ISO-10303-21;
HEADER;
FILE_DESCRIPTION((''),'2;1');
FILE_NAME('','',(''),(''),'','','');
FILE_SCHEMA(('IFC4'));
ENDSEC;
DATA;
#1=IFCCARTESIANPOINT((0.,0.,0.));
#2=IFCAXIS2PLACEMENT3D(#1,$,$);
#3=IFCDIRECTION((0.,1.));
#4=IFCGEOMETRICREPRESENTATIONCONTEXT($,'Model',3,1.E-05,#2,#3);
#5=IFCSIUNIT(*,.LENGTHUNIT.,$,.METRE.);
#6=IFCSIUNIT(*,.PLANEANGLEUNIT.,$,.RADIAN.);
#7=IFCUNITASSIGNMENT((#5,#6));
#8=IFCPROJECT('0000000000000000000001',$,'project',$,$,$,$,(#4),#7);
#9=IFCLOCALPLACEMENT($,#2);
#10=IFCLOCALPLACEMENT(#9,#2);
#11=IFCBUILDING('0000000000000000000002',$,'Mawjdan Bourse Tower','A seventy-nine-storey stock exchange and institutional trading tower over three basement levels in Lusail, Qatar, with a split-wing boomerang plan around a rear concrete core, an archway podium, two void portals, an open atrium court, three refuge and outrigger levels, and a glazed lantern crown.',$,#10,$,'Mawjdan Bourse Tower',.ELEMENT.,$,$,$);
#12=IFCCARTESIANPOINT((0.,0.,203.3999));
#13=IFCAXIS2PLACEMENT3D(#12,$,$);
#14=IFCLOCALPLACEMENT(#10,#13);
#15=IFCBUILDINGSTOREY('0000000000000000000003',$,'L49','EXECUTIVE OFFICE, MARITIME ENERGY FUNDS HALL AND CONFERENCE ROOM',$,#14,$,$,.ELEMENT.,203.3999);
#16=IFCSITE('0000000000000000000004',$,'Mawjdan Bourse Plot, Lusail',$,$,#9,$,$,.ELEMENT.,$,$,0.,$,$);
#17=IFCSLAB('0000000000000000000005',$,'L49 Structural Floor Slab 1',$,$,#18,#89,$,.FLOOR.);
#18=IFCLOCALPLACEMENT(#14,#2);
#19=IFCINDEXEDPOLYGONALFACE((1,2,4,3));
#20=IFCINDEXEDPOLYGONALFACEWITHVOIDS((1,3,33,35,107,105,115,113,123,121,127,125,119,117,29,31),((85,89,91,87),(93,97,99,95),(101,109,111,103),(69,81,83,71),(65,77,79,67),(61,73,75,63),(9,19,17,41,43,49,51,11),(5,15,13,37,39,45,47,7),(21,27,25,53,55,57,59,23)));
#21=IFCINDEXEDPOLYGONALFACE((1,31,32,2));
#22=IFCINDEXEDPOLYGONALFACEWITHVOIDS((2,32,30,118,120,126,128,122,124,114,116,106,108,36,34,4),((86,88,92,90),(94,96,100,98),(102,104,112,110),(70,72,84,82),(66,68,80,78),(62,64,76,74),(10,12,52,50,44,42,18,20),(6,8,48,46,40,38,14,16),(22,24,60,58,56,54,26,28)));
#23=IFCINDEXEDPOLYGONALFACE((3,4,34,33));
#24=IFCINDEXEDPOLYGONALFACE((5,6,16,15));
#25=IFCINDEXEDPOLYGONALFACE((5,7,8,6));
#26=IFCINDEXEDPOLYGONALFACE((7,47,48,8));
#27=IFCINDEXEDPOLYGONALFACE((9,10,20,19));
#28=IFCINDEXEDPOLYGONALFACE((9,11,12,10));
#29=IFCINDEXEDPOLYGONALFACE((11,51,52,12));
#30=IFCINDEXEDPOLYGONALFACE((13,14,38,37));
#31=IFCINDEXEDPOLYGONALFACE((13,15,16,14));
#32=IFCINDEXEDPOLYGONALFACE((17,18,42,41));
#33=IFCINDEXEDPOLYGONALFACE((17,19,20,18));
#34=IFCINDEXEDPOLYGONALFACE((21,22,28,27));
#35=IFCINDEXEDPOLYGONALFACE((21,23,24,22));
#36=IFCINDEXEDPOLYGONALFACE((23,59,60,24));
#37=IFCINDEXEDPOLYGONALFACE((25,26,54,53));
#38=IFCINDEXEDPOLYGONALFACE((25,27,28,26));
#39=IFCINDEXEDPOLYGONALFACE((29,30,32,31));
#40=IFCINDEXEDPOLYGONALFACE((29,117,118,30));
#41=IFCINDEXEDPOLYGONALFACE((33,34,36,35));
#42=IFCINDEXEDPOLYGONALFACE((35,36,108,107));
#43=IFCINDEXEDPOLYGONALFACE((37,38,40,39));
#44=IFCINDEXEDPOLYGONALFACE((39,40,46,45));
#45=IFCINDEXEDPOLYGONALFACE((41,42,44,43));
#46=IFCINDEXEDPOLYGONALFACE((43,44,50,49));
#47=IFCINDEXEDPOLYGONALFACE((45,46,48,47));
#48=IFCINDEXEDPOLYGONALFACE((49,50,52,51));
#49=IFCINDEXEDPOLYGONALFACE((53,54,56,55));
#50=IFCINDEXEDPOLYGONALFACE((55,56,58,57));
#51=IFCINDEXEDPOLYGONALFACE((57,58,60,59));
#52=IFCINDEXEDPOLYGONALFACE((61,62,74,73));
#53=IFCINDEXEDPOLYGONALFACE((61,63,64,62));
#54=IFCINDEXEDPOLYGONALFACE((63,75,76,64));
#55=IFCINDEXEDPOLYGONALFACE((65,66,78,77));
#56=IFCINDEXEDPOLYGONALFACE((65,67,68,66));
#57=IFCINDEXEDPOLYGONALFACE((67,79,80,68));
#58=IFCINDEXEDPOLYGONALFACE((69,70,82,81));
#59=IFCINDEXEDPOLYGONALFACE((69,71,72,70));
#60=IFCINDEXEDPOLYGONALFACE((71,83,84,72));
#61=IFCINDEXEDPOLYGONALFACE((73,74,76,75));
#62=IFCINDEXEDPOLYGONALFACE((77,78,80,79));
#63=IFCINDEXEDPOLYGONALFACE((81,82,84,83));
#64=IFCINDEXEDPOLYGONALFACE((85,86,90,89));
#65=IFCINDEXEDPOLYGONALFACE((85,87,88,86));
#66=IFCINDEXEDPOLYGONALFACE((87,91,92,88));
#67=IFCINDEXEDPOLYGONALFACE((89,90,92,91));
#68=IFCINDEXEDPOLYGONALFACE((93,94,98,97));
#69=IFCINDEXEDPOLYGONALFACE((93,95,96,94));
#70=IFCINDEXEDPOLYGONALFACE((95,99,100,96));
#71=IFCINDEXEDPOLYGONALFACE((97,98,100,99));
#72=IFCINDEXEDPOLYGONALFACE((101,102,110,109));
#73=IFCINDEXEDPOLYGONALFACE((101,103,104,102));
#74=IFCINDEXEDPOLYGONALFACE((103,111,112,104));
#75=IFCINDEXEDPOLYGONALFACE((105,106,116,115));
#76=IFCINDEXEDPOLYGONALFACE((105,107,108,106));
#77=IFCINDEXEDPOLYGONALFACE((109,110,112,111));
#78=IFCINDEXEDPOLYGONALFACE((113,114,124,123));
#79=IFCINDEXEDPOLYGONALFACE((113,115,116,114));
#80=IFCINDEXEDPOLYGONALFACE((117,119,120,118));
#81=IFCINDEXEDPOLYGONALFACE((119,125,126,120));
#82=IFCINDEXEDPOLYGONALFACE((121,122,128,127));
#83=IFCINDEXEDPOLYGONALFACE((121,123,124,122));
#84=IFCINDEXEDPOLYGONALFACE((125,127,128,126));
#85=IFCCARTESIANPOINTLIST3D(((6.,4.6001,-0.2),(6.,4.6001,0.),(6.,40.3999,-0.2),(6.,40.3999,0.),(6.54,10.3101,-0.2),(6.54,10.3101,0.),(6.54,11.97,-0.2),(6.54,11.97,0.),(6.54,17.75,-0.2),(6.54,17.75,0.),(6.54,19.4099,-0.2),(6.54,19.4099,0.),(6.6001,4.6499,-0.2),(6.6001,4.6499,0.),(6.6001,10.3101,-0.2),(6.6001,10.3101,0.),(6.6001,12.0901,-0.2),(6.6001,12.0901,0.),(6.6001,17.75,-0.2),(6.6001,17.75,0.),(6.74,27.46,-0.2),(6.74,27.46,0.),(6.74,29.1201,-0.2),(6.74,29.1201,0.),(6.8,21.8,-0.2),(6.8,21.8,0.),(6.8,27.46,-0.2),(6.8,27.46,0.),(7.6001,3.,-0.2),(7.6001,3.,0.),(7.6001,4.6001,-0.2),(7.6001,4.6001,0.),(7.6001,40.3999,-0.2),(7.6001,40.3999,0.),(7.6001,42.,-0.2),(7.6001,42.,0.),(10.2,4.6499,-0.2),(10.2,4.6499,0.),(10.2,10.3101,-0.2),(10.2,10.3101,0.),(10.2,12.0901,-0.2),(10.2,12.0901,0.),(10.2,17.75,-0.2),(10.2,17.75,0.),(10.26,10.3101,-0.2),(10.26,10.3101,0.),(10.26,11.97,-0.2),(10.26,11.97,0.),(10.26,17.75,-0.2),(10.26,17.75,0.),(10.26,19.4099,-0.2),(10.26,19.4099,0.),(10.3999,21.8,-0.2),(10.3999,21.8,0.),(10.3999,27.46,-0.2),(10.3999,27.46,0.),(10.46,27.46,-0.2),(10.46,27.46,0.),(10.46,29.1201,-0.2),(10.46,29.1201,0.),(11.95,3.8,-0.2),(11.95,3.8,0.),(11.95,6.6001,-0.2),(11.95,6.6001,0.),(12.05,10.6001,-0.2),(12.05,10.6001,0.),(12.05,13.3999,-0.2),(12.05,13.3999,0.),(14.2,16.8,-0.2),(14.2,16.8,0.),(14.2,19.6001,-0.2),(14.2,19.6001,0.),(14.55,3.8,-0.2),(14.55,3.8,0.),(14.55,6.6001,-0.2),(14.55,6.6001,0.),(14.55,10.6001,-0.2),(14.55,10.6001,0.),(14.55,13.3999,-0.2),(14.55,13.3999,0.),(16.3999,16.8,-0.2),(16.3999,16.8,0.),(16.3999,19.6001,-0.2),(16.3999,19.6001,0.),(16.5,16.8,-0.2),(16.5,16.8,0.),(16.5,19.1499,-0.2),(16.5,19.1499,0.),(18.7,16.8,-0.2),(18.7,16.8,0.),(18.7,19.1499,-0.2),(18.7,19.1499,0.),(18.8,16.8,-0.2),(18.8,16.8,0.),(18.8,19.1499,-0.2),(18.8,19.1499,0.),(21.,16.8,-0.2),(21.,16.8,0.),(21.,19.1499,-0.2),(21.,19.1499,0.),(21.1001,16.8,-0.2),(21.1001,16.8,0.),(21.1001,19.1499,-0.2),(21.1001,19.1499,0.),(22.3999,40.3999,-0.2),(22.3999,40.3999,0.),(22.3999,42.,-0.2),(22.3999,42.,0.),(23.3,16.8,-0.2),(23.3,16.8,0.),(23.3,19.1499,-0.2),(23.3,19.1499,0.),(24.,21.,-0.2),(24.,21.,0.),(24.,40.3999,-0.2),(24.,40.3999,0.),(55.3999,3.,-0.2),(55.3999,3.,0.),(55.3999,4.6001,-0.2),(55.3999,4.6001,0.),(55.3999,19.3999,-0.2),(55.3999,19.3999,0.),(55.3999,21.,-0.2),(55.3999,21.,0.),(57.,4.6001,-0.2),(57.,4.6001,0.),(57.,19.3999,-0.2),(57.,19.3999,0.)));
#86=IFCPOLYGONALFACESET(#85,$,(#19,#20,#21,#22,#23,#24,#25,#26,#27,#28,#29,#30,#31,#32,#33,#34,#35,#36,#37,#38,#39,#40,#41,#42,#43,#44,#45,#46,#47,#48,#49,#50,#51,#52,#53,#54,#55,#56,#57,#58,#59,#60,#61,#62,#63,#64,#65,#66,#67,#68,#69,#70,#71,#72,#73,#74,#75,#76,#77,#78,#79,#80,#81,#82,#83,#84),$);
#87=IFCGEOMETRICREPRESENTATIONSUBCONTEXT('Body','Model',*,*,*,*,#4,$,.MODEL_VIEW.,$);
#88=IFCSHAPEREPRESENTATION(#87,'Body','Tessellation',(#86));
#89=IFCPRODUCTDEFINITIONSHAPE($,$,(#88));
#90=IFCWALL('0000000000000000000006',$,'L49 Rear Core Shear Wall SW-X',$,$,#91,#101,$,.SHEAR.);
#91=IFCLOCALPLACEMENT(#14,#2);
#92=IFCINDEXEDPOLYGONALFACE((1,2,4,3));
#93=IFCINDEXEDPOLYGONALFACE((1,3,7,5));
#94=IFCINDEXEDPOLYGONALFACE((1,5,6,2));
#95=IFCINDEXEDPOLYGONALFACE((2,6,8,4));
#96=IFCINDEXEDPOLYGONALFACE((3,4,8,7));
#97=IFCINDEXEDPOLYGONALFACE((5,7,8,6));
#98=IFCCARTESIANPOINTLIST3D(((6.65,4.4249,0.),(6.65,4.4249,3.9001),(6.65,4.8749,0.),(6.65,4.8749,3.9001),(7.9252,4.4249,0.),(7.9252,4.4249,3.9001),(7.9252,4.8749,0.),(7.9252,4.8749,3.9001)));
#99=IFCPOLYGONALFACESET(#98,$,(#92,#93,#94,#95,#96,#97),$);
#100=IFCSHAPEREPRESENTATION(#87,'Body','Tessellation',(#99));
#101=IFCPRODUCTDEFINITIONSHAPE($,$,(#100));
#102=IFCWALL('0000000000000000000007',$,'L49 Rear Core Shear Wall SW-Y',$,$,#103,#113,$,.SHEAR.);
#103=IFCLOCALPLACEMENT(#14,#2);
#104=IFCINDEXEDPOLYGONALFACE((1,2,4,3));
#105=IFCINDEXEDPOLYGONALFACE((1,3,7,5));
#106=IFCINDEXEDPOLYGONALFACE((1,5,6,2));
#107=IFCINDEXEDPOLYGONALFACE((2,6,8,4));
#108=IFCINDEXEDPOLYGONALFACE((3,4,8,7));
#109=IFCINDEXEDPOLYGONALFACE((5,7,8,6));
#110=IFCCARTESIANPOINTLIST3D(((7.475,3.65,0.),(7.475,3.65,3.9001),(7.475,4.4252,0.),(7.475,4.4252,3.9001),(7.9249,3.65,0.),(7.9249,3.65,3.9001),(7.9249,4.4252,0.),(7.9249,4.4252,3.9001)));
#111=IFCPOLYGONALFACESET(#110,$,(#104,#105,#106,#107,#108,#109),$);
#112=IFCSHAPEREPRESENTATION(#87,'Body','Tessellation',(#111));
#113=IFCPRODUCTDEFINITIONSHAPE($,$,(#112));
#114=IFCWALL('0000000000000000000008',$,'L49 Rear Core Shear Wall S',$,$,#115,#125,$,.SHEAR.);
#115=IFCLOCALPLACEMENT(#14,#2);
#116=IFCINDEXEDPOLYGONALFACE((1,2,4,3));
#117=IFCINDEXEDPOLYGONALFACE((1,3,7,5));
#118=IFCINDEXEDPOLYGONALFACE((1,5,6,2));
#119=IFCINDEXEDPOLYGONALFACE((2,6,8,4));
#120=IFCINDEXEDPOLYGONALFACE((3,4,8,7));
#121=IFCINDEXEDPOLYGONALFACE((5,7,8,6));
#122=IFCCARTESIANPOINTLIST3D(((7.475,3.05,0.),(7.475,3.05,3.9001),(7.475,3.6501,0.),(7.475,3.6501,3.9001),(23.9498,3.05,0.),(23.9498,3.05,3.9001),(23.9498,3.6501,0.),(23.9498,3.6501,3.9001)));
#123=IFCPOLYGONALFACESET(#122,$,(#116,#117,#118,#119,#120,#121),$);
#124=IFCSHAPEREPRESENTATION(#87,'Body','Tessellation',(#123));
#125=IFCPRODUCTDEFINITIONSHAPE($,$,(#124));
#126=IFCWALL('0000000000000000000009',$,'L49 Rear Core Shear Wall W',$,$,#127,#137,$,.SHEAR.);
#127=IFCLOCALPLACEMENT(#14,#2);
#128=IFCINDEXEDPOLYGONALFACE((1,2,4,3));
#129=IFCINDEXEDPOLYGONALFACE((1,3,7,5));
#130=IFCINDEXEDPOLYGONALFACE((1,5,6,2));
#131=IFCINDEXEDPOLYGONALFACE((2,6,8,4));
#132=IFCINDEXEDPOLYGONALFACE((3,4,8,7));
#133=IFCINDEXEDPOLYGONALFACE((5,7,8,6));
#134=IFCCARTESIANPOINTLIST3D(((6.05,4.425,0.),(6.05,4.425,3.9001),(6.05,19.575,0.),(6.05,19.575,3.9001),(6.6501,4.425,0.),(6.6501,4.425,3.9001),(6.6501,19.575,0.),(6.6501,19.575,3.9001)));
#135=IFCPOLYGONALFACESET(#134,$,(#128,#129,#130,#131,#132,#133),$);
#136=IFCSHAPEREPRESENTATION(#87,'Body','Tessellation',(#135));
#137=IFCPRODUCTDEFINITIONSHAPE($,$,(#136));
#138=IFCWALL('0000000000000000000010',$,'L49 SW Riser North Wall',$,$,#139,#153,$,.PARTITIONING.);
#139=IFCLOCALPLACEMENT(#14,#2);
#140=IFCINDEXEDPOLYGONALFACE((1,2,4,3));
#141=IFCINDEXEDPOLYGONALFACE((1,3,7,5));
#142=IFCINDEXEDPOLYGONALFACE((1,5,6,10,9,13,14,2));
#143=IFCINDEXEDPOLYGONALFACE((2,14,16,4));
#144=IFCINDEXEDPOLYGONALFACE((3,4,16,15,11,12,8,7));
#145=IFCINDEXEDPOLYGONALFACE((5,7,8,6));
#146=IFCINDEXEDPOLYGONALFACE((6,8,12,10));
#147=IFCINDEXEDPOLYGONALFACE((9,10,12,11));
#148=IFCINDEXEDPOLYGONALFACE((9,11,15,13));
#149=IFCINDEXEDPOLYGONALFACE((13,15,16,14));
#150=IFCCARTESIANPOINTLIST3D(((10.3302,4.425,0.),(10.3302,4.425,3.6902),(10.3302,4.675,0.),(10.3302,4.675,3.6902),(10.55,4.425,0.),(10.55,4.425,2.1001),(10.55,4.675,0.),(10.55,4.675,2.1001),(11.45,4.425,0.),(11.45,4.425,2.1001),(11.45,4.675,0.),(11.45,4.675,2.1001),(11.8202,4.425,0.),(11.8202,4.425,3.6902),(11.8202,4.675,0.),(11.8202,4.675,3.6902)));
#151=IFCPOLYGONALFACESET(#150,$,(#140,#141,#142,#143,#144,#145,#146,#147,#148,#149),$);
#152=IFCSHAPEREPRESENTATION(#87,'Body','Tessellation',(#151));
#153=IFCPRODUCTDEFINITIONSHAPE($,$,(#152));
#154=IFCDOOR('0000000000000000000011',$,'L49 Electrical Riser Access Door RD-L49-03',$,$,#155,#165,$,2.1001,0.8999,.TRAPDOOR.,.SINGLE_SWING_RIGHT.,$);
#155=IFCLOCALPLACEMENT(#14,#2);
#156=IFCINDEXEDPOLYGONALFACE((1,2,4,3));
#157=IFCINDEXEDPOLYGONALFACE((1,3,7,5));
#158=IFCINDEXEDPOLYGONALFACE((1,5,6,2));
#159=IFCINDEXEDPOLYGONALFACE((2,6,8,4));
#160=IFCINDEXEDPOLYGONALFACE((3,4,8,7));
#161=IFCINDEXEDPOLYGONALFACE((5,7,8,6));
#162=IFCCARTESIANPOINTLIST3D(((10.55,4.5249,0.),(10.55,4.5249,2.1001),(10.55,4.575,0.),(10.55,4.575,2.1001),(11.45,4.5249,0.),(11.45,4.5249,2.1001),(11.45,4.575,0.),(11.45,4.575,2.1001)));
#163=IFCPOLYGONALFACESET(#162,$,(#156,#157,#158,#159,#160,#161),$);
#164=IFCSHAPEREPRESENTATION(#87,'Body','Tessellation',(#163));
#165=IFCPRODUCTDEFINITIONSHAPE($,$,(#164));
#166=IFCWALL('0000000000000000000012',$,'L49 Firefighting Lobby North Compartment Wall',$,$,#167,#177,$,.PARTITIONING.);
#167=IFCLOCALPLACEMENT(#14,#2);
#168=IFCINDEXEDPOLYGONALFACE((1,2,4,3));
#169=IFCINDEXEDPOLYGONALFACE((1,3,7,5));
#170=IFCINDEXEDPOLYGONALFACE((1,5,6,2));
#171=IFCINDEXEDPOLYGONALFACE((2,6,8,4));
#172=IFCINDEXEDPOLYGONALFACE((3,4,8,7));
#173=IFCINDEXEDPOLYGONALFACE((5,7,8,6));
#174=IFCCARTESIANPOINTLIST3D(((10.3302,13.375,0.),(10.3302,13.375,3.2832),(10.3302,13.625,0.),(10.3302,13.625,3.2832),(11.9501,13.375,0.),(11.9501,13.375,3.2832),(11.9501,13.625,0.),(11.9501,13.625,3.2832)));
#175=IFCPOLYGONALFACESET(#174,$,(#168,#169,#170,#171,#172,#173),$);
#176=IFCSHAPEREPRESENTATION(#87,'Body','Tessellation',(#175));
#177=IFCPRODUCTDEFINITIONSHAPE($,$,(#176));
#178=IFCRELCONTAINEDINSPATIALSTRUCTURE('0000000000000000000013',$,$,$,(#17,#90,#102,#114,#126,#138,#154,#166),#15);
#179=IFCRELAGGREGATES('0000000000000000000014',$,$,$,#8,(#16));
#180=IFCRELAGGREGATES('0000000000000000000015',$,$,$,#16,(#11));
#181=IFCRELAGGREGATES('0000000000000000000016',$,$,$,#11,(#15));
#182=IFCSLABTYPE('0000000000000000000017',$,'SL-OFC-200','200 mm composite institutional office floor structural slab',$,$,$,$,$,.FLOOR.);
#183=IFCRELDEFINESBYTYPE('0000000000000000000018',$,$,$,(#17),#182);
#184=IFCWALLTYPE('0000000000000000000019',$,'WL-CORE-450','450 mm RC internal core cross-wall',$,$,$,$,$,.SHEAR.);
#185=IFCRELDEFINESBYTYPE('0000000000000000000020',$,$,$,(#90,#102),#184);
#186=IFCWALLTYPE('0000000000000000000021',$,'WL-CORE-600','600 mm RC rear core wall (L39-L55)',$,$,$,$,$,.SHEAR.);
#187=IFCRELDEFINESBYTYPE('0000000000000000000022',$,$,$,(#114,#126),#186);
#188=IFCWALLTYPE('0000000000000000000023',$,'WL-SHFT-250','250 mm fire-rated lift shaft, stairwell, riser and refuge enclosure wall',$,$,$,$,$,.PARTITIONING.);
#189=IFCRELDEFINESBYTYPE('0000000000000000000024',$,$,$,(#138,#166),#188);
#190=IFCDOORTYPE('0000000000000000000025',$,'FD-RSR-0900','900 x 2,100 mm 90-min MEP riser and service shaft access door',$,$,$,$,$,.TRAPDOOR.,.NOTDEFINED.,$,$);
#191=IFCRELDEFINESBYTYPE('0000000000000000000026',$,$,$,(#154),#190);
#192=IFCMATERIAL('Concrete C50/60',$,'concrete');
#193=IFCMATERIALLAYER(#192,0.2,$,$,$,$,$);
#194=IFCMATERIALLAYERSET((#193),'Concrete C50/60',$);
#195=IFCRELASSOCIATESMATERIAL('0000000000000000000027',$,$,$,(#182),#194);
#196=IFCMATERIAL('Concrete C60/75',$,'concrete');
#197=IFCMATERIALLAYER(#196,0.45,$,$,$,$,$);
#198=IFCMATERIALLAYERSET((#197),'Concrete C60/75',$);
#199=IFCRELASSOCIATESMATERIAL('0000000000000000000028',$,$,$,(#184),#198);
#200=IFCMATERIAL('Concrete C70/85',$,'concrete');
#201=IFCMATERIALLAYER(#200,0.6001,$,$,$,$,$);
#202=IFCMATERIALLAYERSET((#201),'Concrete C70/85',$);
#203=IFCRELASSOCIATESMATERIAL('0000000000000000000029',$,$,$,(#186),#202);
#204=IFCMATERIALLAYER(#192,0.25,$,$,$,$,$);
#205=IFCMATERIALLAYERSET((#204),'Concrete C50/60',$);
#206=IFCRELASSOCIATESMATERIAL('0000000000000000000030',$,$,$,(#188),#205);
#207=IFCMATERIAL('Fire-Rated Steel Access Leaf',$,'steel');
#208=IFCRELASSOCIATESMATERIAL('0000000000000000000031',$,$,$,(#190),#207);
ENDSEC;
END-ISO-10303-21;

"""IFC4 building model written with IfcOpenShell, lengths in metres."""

from ifc_helpers import new_model, si_unit, direction, frame, frame_2d, origin, place, context, subcontext, project, spatial, polyline, rectangle, outline, extrude, material, layer, layer_set, type_object, element, fill, save


model = new_model("IFC4")

# Units and contexts
model_context = context("Model", 3, precision=1e-05, world=origin(), true_north=direction((0.0, 1.0)))
body_context = subcontext(model_context, "Body", "Model", "MODEL_VIEW")
ifc_project = project(units=[si_unit("LENGTHUNIT", "METRE"), si_unit("PLANEANGLEUNIT", "RADIAN")], contexts=[model_context])

# Site, building, storey
site_placement = place(None, origin())
site = spatial("IfcSite", under=ifc_project, at=site_placement, Name="Mawjdan Bourse Plot, Lusail", CompositionType="ELEMENT", RefElevation=0.0)
building_placement = place(site_placement, origin())
building = spatial("IfcBuilding", under=site, at=building_placement, Name="Mawjdan Bourse Tower", Description="A seventy-nine-storey stock exchange and institutional trading tower over three basement levels in Lusail, Qatar, with a split-wing boomerang plan around a rear concrete core, an archway podium, two void portals, an open atrium court, three refuge and outrigger levels, and a glazed lantern crown.", LongName="Mawjdan Bourse Tower", CompositionType="ELEMENT")
storey_placement = place(building_placement, frame((0.0, 0.0, 203.3999)))
storey = spatial("IfcBuildingStorey", under=building, at=storey_placement, Name="L49", Description="EXECUTIVE OFFICE, MARITIME ENERGY FUNDS HALL AND CONFERENCE ROOM", CompositionType="ELEMENT", Elevation=203.3999)

# Shared definitions
ifc_material_1 = material(Name="Concrete C50/60", Category="concrete")

# Slab
ifc_layer_1 = layer(ifc_material_1, 0.2)
ifc_layer_set_1 = layer_set([ifc_layer_1], Name="Concrete C50/60")
slab_type_1 = type_object("IfcSlabType", Name="SL-OFC-200", Description="200 mm composite institutional office floor structural slab", PredefinedType="FLOOR", material=ifc_layer_set_1)
slab_1_placement = place(storey_placement, frame((0.0, 0.0, -0.2)))
element("IfcSlab", 1, at=slab_1_placement, inside=storey, type_object=slab_type_1, Name="L49 Structural Floor Slab 1", PredefinedType="FLOOR", context=body_context, shape_type="SweptSolid", body=[
    extrude(outline(polyline([(7.6001, 3.0), (55.3999, 3.0), (55.3999, 4.6001), (57.0, 4.6001), (57.0, 19.3999), (55.3999, 19.3999), (55.3999, 21.0), (24.0, 21.0), (24.0, 40.3999), (22.3999, 40.3999), (22.3999, 42.0), (7.6001, 42.0), (7.6001, 40.3999), (6.0, 40.3999), (6.0, 4.6001), (7.6001, 4.6001), (7.6001, 3.0)]), holes=[polyline([(6.54, 11.97), (10.26, 11.97), (10.26, 10.3101), (10.2, 10.3101), (10.2, 4.6499), (6.6001, 4.6499), (6.6001, 10.3101), (6.54, 10.3101), (6.54, 11.97)]), polyline([(6.6001, 12.0901), (6.6001, 17.75), (6.54, 17.75), (6.54, 19.4099), (10.26, 19.4099), (10.26, 17.75), (10.2, 17.75), (10.2, 12.0901), (6.6001, 12.0901)]), polyline([(10.46, 29.1201), (10.46, 27.46), (10.3999, 27.46), (10.3999, 21.8), (6.8, 21.8), (6.8, 27.46), (6.74, 27.46), (6.74, 29.1201), (10.46, 29.1201)]), polyline([(14.55, 3.8), (11.95, 3.8), (11.95, 6.6001), (14.55, 6.6001), (14.55, 3.8)]), polyline([(12.05, 10.6001), (12.05, 13.3999), (14.55, 13.3999), (14.55, 10.6001), (12.05, 10.6001)]), polyline([(16.5, 16.8), (16.5, 19.1499), (18.7, 19.1499), (18.7, 16.8), (16.5, 16.8)]), polyline([(21.0, 16.8), (18.8, 16.8), (18.8, 19.1499), (21.0, 19.1499), (21.0, 16.8)]), polyline([(21.1001, 16.8), (21.1001, 19.1499), (23.3, 19.1499), (23.3, 16.8), (21.1001, 16.8)]), polyline([(14.2, 16.8), (14.2, 19.6001), (16.3999, 19.6001), (16.3999, 16.8), (14.2, 16.8)])]), origin(), (0.0, 0.0, 1.0), 0.2),
])

# Walls
ifc_material_2 = material(Name="Concrete C60/75", Category="concrete")
ifc_layer_2 = layer(ifc_material_2, 0.45)
ifc_layer_set_2 = layer_set([ifc_layer_2], Name="Concrete C60/75")
wall_type_1 = type_object("IfcWallType", Name="WL-CORE-450", Description="450 mm RC internal core cross-wall", PredefinedType="SHEAR", material=ifc_layer_set_2)
wall_1_placement = place(storey_placement, frame((6.6499, 4.6499, 0.0), z_axis=(0.0, 0.0, 1.0), x_axis=(1.0, 0.0, 0.0)))
element("IfcWall", 2, at=wall_1_placement, inside=storey, type_object=wall_type_1, Name="L49 Rear Core Shear Wall SW-X", PredefinedType="SHEAR", context=body_context, shape_type="SweptSolid", body=[
    extrude(rectangle(XDim=1.2751, YDim=0.45, at=frame_2d((0.6377, 0.0))), origin(), (0.0, 0.0, 1.0), 3.9001),
])
wall_2_placement = place(storey_placement, frame((7.7, 3.6499, 0.0), z_axis=(0.0, 0.0, 1.0), x_axis=(0.0, 1.0, 0.0)))
element("IfcWall", 3, at=wall_2_placement, inside=storey, type_object=wall_type_1, Name="L49 Rear Core Shear Wall SW-Y", PredefinedType="SHEAR", context=body_context, shape_type="SweptSolid", body=[
    extrude(rectangle(XDim=0.7751, YDim=0.45, at=frame_2d((0.3877, 0.0))), origin(), (0.0, 0.0, 1.0), 3.9001),
])
ifc_material_3 = material(Name="Concrete C70/85", Category="concrete")
ifc_layer_3 = layer(ifc_material_3, 0.6001)
ifc_layer_set_3 = layer_set([ifc_layer_3], Name="Concrete C70/85")
wall_type_2 = type_object("IfcWallType", Name="WL-CORE-600", Description="600 mm RC rear core wall (L39-L55)", PredefinedType="SHEAR", material=ifc_layer_set_3)
wall_3_placement = place(storey_placement, frame((7.4751, 3.3501, 0.0), z_axis=(0.0, 0.0, 1.0), x_axis=(1.0, 0.0, 0.0)))
element("IfcWall", 4, at=wall_3_placement, inside=storey, type_object=wall_type_2, Name="L49 Rear Core Shear Wall S", PredefinedType="SHEAR", context=body_context, shape_type="SweptSolid", body=[
    extrude(rectangle(XDim=16.4749, YDim=0.6001, at=frame_2d((8.2373, 0.0))), origin(), (0.0, 0.0, 1.0), 3.9001),
])
wall_4_placement = place(storey_placement, frame((6.3501, 4.425, 0.0), z_axis=(0.0, 0.0, 1.0), x_axis=(0.0, 1.0, 0.0)))
element("IfcWall", 5, at=wall_4_placement, inside=storey, type_object=wall_type_2, Name="L49 Rear Core Shear Wall W", PredefinedType="SHEAR", context=body_context, shape_type="SweptSolid", body=[
    extrude(rectangle(XDim=15.1499, YDim=0.6001, at=frame_2d((7.575, 0.0))), origin(), (0.0, 0.0, 1.0), 3.9001),
])

# Wall, opening, door
ifc_layer_4 = layer(ifc_material_1, 0.25)
ifc_layer_set_4 = layer_set([ifc_layer_4], Name="Concrete C50/60")
wall_type_3 = type_object("IfcWallType", Name="WL-SHFT-250", Description="250 mm fire-rated lift shaft, stairwell, riser and refuge enclosure wall", PredefinedType="PARTITIONING", material=ifc_layer_set_4)
wall_5_placement = place(storey_placement, frame((10.3301, 4.55, 0.0), z_axis=(0.0, 0.0, 1.0), x_axis=(1.0, 0.0, 0.0)))
wall_5 = element("IfcWall", 6, at=wall_5_placement, inside=storey, type_object=wall_type_3, Name="L49 SW Riser North Wall", PredefinedType="PARTITIONING", context=body_context, shape_type="SweptSolid", body=[
    extrude(rectangle(XDim=1.49, YDim=0.25, at=frame_2d((0.7451, 0.0))), origin(), (0.0, 0.0, 1.0), 3.6902),
])
opening_1_placement = place(wall_5_placement, frame((0.22, 0.0, 0.0)))
opening_1 = element("IfcOpeningElement", 7, at=opening_1_placement, cuts=wall_5, PredefinedType="OPENING", context=body_context, shape_type="SweptSolid", body=[
    extrude(rectangle(XDim=0.8999, YDim=2.1001, at=frame_2d((0.45, 1.05))), frame((0.0, 0.135, 0.0), z_axis=(0.0, -1.0, 0.0), x_axis=(1.0, 0.0, 0.0)), (0.0, 0.0, 1.0), 0.27),
])
ifc_material_4 = material(Name="Fire-Rated Steel Access Leaf", Category="steel")
door_type_1 = type_object("IfcDoorType", Name="FD-RSR-0900", Description="900 x 2,100 mm 90-min MEP riser and service shaft access door", OperationType="NOTDEFINED", PredefinedType="TRAPDOOR", material=ifc_material_4)
door_1_placement = place(opening_1_placement, origin())
door_1 = element("IfcDoor", 8, at=door_1_placement, inside=storey, type_object=door_type_1, Name="L49 Electrical Riser Access Door RD-L49-03", OperationType="SINGLE_SWING_RIGHT", OverallHeight=2.1001, OverallWidth=0.8999, PredefinedType="TRAPDOOR", context=body_context, shape_type="SweptSolid", body=[
    extrude(rectangle(XDim=0.8999, YDim=2.1001, at=frame_2d((0.45, 1.05))), frame((0.0, 0.0249, 0.0), z_axis=(0.0, -1.0, 0.0), x_axis=(1.0, 0.0, 0.0)), (0.0, 0.0, 1.0), 0.05),
])
fill(opening_1, door_1)

# Wall
wall_6_placement = place(storey_placement, frame((10.3301, 13.5, 0.0), z_axis=(0.0, 0.0, 1.0), x_axis=(1.0, 0.0, 0.0)))
element("IfcWall", 9, at=wall_6_placement, inside=storey, type_object=wall_type_3, Name="L49 Firefighting Lobby North Compartment Wall", PredefinedType="PARTITIONING", context=body_context, shape_type="SweptSolid", body=[
    extrude(rectangle(XDim=1.6199, YDim=0.25, at=frame_2d((0.8101, 0.0))), origin(), (0.0, 0.0, 1.0), 3.2832),
])

save(model, "model.ifc")
